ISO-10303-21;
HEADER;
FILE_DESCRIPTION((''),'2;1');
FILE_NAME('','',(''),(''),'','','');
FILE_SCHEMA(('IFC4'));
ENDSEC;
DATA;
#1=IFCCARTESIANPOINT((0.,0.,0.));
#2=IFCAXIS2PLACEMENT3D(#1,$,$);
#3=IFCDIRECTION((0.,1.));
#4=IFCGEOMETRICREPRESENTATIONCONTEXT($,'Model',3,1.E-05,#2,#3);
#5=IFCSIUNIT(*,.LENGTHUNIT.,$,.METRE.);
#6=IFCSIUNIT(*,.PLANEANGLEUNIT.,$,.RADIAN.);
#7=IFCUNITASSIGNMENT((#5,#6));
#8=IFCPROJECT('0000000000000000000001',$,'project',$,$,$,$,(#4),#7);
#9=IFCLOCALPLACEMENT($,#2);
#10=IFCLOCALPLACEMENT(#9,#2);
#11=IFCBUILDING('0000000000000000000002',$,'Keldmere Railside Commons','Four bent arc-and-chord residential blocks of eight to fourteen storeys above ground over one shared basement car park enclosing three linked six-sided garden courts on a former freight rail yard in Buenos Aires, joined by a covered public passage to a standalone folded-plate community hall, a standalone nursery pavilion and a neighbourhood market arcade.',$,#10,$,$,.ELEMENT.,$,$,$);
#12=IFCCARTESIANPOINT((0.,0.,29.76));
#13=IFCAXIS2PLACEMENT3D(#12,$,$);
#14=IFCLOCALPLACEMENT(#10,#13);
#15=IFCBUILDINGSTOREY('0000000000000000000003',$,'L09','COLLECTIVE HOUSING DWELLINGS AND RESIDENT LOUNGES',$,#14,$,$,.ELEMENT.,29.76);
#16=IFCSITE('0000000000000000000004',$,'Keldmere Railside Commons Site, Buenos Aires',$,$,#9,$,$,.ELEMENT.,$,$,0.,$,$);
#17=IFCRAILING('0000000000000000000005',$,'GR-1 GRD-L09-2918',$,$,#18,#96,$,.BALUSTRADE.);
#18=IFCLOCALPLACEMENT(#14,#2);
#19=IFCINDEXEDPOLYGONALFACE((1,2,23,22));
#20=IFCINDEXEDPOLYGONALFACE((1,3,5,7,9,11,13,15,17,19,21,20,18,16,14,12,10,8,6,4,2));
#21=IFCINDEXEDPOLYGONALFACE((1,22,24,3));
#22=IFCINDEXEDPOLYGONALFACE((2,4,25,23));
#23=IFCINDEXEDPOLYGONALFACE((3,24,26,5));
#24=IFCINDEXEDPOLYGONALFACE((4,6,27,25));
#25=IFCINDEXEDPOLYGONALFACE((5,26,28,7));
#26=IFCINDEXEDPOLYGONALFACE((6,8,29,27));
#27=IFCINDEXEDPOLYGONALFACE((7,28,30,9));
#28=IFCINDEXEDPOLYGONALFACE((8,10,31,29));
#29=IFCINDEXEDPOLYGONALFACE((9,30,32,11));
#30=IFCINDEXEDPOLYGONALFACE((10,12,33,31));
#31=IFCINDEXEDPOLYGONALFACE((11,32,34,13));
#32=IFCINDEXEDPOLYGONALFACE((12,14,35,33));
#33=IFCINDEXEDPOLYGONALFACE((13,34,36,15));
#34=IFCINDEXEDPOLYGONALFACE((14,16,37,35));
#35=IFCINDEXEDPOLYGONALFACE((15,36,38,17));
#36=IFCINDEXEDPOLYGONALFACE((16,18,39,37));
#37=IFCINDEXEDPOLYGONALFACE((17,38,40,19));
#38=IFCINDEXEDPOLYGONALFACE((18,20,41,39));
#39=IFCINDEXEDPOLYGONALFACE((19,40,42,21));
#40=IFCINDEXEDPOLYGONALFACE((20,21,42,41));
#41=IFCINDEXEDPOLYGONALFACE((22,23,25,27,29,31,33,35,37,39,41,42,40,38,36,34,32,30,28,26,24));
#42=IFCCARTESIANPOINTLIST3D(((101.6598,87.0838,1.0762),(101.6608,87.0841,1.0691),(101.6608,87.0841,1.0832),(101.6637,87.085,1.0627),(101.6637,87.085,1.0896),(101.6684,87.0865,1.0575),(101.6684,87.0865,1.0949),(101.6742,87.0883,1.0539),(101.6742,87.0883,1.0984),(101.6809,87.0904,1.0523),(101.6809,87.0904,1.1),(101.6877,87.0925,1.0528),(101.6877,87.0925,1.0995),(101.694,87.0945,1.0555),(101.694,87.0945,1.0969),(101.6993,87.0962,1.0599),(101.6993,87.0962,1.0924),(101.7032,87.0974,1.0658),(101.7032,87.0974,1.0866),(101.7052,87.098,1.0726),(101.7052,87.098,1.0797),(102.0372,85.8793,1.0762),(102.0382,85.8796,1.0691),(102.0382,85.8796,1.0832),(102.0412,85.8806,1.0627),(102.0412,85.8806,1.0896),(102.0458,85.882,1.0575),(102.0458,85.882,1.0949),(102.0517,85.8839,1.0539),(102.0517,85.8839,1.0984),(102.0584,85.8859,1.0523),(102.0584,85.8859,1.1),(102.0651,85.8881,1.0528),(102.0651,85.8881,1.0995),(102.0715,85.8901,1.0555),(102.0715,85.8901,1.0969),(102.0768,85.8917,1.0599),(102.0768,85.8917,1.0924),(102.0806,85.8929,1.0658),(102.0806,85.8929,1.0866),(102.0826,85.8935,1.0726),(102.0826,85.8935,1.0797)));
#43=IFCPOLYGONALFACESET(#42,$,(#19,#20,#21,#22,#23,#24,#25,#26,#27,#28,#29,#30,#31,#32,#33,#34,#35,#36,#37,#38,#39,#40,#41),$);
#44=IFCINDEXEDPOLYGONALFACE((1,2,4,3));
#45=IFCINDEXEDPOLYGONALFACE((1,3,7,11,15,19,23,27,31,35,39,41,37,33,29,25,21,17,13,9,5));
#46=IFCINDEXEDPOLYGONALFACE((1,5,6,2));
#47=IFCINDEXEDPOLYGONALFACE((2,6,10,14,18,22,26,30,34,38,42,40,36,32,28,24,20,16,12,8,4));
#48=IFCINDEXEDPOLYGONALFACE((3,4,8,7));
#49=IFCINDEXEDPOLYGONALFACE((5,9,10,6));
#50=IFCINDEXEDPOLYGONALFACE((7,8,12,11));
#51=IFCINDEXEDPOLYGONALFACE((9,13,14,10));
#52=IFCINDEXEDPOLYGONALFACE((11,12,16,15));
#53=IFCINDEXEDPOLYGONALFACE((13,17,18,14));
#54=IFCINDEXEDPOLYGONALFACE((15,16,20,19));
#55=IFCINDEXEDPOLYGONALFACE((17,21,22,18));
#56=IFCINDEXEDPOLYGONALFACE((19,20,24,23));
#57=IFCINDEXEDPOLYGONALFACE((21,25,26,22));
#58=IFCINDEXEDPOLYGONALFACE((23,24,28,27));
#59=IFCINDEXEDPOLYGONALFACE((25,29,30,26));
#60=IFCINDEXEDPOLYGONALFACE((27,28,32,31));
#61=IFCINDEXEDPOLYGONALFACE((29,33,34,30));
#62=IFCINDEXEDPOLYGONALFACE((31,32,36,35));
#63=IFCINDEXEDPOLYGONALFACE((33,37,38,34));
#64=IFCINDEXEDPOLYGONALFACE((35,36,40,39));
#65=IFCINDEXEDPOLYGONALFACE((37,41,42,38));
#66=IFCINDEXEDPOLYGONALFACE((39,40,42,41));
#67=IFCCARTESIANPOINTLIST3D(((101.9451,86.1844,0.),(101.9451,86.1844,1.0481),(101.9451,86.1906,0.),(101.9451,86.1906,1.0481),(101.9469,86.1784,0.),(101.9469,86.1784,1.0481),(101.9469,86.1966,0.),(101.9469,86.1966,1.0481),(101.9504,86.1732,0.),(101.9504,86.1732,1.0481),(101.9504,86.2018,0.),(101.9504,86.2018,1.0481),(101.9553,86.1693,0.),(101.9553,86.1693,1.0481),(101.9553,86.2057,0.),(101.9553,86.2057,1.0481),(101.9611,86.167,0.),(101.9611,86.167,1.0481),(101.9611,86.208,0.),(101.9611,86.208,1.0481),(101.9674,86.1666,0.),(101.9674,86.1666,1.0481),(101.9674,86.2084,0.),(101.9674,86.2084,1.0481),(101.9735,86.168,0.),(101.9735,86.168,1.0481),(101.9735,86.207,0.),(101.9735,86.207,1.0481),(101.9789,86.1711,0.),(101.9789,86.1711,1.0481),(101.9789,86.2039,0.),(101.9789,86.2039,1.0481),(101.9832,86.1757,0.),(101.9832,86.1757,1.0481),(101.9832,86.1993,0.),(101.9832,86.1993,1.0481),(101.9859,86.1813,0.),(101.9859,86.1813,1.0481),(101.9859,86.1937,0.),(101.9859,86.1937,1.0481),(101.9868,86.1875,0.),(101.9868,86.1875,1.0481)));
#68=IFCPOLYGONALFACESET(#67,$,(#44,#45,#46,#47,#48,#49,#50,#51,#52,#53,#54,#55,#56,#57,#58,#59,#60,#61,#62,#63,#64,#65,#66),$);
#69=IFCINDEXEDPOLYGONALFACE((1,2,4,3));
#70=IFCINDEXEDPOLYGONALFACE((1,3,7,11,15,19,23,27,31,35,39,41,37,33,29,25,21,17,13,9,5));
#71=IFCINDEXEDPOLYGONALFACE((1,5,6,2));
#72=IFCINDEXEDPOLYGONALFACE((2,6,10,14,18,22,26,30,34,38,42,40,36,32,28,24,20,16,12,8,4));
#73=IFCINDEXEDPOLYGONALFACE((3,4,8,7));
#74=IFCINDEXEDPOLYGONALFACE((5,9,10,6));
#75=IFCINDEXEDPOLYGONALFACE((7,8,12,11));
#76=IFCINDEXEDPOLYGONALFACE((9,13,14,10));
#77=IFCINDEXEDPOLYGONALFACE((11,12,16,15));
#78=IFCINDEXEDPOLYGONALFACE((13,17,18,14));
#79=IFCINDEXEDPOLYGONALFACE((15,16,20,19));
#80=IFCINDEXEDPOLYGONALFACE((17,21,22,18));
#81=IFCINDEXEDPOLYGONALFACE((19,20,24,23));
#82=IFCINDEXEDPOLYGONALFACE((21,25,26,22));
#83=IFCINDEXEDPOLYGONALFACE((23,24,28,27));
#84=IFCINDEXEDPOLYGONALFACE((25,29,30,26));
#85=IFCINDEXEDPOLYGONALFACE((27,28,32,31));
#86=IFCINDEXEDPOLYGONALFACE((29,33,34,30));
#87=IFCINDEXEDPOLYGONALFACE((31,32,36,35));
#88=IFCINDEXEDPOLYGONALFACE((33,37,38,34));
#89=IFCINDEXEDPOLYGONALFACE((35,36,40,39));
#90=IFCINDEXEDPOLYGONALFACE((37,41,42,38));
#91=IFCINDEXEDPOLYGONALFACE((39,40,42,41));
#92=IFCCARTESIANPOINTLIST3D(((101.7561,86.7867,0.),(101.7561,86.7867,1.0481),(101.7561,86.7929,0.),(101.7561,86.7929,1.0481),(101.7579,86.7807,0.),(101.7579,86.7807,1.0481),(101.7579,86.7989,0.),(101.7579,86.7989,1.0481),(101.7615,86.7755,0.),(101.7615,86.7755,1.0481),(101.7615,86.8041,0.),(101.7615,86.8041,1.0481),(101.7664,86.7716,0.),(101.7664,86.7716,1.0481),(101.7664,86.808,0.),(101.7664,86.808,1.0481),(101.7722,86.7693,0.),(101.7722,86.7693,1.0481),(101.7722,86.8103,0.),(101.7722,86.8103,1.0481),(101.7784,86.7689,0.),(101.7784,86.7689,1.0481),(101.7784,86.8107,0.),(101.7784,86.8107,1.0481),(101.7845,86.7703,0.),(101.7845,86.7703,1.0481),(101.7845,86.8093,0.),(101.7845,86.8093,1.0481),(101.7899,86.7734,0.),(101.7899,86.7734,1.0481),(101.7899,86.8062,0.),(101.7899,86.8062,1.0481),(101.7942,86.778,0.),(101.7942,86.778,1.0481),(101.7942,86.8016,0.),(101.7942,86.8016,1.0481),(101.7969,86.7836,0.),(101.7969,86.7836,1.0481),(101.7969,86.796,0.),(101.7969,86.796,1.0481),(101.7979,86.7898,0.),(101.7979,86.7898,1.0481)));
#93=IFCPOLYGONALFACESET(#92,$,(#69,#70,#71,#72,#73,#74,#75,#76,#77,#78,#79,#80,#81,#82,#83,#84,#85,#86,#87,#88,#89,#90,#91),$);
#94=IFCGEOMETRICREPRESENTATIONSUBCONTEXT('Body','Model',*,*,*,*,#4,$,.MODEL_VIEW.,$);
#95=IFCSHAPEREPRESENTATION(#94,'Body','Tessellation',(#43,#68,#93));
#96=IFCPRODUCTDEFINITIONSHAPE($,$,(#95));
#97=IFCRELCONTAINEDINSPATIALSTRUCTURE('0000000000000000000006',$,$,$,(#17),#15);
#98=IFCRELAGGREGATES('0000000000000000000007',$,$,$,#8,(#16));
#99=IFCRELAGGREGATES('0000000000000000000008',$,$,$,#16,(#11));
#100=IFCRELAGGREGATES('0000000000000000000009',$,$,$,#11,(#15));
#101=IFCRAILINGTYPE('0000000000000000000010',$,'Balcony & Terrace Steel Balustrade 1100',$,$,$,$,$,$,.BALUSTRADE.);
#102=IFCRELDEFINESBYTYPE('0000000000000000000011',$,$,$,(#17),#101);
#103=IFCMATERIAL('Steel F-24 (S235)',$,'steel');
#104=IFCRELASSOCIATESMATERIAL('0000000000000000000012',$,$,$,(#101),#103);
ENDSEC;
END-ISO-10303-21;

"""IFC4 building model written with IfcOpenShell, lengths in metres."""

from ifc_helpers import new_model, si_unit, direction, frame, origin, origin_2d, place, context, subcontext, project, spatial, circle, extrude, material, type_object, element, save


model = new_model("IFC4")

# Units and contexts
model_context = context("Model", 3, precision=1e-05, world=origin(), true_north=direction((0.0, 1.0)))
body_context = subcontext(model_context, "Body", "Model", "MODEL_VIEW")
ifc_project = project(units=[si_unit("LENGTHUNIT", "METRE"), si_unit("PLANEANGLEUNIT", "RADIAN")], contexts=[model_context])

# Site, building, storey
site_placement = place(None, origin())
site = spatial("IfcSite", under=ifc_project, at=site_placement, Name="Keldmere Railside Commons Site, Buenos Aires", CompositionType="ELEMENT", RefElevation=0.0)
building_placement = place(site_placement, origin())
building = spatial("IfcBuilding", under=site, at=building_placement, Name="Keldmere Railside Commons", Description="Four bent arc-and-chord residential blocks of eight to fourteen storeys above ground over one shared basement car park enclosing three linked six-sided garden courts on a former freight rail yard in Buenos Aires, joined by a covered public passage to a standalone folded-plate community hall, a standalone nursery pavilion and a neighbourhood market arcade.", CompositionType="ELEMENT")
storey_placement = place(building_placement, frame((0.0, 0.0, 29.76)))
storey = spatial("IfcBuildingStorey", under=building, at=storey_placement, Name="L09", Description="COLLECTIVE HOUSING DWELLINGS AND RESIDENT LOUNGES", CompositionType="ELEMENT", Elevation=29.76)

# Shared definitions
ifc_material_1 = material(Name="Steel F-24 (S235)", Category="steel")

# Railing
railing_type = type_object("IfcRailingType", Name="Balcony & Terrace Steel Balustrade 1100", PredefinedType="BALUSTRADE", material=ifc_material_1)
railing_1_placement = place(storey_placement, frame((102.0601, 85.8865, 0.0)))
element("IfcRailing", 1, at=railing_1_placement, inside=storey, type_object=railing_type, Name="GR-1 GRD-L09-2918", PredefinedType="BALUSTRADE", context=body_context, shape_type="SweptSolid", body=[
    extrude(circle(Radius=0.0239, at=origin_2d()), frame((0.0, 0.0, 1.0762), z_axis=(-0.299057, 0.954235, 0.0), x_axis=(-0.954235, -0.299057, 0.0)), (0.0, 0.0, 1.0), 1.2622),
    extrude(circle(Radius=0.021, at=origin_2d()), frame((-0.0942, 0.301, 0.0)), (0.0, 0.0, 1.0), 1.0481),
    extrude(circle(Radius=0.021, at=origin_2d()), frame((-0.2832, 0.9033, 0.0)), (0.0, 0.0, 1.0), 1.0481),
])

save(model, "model.ifc")
